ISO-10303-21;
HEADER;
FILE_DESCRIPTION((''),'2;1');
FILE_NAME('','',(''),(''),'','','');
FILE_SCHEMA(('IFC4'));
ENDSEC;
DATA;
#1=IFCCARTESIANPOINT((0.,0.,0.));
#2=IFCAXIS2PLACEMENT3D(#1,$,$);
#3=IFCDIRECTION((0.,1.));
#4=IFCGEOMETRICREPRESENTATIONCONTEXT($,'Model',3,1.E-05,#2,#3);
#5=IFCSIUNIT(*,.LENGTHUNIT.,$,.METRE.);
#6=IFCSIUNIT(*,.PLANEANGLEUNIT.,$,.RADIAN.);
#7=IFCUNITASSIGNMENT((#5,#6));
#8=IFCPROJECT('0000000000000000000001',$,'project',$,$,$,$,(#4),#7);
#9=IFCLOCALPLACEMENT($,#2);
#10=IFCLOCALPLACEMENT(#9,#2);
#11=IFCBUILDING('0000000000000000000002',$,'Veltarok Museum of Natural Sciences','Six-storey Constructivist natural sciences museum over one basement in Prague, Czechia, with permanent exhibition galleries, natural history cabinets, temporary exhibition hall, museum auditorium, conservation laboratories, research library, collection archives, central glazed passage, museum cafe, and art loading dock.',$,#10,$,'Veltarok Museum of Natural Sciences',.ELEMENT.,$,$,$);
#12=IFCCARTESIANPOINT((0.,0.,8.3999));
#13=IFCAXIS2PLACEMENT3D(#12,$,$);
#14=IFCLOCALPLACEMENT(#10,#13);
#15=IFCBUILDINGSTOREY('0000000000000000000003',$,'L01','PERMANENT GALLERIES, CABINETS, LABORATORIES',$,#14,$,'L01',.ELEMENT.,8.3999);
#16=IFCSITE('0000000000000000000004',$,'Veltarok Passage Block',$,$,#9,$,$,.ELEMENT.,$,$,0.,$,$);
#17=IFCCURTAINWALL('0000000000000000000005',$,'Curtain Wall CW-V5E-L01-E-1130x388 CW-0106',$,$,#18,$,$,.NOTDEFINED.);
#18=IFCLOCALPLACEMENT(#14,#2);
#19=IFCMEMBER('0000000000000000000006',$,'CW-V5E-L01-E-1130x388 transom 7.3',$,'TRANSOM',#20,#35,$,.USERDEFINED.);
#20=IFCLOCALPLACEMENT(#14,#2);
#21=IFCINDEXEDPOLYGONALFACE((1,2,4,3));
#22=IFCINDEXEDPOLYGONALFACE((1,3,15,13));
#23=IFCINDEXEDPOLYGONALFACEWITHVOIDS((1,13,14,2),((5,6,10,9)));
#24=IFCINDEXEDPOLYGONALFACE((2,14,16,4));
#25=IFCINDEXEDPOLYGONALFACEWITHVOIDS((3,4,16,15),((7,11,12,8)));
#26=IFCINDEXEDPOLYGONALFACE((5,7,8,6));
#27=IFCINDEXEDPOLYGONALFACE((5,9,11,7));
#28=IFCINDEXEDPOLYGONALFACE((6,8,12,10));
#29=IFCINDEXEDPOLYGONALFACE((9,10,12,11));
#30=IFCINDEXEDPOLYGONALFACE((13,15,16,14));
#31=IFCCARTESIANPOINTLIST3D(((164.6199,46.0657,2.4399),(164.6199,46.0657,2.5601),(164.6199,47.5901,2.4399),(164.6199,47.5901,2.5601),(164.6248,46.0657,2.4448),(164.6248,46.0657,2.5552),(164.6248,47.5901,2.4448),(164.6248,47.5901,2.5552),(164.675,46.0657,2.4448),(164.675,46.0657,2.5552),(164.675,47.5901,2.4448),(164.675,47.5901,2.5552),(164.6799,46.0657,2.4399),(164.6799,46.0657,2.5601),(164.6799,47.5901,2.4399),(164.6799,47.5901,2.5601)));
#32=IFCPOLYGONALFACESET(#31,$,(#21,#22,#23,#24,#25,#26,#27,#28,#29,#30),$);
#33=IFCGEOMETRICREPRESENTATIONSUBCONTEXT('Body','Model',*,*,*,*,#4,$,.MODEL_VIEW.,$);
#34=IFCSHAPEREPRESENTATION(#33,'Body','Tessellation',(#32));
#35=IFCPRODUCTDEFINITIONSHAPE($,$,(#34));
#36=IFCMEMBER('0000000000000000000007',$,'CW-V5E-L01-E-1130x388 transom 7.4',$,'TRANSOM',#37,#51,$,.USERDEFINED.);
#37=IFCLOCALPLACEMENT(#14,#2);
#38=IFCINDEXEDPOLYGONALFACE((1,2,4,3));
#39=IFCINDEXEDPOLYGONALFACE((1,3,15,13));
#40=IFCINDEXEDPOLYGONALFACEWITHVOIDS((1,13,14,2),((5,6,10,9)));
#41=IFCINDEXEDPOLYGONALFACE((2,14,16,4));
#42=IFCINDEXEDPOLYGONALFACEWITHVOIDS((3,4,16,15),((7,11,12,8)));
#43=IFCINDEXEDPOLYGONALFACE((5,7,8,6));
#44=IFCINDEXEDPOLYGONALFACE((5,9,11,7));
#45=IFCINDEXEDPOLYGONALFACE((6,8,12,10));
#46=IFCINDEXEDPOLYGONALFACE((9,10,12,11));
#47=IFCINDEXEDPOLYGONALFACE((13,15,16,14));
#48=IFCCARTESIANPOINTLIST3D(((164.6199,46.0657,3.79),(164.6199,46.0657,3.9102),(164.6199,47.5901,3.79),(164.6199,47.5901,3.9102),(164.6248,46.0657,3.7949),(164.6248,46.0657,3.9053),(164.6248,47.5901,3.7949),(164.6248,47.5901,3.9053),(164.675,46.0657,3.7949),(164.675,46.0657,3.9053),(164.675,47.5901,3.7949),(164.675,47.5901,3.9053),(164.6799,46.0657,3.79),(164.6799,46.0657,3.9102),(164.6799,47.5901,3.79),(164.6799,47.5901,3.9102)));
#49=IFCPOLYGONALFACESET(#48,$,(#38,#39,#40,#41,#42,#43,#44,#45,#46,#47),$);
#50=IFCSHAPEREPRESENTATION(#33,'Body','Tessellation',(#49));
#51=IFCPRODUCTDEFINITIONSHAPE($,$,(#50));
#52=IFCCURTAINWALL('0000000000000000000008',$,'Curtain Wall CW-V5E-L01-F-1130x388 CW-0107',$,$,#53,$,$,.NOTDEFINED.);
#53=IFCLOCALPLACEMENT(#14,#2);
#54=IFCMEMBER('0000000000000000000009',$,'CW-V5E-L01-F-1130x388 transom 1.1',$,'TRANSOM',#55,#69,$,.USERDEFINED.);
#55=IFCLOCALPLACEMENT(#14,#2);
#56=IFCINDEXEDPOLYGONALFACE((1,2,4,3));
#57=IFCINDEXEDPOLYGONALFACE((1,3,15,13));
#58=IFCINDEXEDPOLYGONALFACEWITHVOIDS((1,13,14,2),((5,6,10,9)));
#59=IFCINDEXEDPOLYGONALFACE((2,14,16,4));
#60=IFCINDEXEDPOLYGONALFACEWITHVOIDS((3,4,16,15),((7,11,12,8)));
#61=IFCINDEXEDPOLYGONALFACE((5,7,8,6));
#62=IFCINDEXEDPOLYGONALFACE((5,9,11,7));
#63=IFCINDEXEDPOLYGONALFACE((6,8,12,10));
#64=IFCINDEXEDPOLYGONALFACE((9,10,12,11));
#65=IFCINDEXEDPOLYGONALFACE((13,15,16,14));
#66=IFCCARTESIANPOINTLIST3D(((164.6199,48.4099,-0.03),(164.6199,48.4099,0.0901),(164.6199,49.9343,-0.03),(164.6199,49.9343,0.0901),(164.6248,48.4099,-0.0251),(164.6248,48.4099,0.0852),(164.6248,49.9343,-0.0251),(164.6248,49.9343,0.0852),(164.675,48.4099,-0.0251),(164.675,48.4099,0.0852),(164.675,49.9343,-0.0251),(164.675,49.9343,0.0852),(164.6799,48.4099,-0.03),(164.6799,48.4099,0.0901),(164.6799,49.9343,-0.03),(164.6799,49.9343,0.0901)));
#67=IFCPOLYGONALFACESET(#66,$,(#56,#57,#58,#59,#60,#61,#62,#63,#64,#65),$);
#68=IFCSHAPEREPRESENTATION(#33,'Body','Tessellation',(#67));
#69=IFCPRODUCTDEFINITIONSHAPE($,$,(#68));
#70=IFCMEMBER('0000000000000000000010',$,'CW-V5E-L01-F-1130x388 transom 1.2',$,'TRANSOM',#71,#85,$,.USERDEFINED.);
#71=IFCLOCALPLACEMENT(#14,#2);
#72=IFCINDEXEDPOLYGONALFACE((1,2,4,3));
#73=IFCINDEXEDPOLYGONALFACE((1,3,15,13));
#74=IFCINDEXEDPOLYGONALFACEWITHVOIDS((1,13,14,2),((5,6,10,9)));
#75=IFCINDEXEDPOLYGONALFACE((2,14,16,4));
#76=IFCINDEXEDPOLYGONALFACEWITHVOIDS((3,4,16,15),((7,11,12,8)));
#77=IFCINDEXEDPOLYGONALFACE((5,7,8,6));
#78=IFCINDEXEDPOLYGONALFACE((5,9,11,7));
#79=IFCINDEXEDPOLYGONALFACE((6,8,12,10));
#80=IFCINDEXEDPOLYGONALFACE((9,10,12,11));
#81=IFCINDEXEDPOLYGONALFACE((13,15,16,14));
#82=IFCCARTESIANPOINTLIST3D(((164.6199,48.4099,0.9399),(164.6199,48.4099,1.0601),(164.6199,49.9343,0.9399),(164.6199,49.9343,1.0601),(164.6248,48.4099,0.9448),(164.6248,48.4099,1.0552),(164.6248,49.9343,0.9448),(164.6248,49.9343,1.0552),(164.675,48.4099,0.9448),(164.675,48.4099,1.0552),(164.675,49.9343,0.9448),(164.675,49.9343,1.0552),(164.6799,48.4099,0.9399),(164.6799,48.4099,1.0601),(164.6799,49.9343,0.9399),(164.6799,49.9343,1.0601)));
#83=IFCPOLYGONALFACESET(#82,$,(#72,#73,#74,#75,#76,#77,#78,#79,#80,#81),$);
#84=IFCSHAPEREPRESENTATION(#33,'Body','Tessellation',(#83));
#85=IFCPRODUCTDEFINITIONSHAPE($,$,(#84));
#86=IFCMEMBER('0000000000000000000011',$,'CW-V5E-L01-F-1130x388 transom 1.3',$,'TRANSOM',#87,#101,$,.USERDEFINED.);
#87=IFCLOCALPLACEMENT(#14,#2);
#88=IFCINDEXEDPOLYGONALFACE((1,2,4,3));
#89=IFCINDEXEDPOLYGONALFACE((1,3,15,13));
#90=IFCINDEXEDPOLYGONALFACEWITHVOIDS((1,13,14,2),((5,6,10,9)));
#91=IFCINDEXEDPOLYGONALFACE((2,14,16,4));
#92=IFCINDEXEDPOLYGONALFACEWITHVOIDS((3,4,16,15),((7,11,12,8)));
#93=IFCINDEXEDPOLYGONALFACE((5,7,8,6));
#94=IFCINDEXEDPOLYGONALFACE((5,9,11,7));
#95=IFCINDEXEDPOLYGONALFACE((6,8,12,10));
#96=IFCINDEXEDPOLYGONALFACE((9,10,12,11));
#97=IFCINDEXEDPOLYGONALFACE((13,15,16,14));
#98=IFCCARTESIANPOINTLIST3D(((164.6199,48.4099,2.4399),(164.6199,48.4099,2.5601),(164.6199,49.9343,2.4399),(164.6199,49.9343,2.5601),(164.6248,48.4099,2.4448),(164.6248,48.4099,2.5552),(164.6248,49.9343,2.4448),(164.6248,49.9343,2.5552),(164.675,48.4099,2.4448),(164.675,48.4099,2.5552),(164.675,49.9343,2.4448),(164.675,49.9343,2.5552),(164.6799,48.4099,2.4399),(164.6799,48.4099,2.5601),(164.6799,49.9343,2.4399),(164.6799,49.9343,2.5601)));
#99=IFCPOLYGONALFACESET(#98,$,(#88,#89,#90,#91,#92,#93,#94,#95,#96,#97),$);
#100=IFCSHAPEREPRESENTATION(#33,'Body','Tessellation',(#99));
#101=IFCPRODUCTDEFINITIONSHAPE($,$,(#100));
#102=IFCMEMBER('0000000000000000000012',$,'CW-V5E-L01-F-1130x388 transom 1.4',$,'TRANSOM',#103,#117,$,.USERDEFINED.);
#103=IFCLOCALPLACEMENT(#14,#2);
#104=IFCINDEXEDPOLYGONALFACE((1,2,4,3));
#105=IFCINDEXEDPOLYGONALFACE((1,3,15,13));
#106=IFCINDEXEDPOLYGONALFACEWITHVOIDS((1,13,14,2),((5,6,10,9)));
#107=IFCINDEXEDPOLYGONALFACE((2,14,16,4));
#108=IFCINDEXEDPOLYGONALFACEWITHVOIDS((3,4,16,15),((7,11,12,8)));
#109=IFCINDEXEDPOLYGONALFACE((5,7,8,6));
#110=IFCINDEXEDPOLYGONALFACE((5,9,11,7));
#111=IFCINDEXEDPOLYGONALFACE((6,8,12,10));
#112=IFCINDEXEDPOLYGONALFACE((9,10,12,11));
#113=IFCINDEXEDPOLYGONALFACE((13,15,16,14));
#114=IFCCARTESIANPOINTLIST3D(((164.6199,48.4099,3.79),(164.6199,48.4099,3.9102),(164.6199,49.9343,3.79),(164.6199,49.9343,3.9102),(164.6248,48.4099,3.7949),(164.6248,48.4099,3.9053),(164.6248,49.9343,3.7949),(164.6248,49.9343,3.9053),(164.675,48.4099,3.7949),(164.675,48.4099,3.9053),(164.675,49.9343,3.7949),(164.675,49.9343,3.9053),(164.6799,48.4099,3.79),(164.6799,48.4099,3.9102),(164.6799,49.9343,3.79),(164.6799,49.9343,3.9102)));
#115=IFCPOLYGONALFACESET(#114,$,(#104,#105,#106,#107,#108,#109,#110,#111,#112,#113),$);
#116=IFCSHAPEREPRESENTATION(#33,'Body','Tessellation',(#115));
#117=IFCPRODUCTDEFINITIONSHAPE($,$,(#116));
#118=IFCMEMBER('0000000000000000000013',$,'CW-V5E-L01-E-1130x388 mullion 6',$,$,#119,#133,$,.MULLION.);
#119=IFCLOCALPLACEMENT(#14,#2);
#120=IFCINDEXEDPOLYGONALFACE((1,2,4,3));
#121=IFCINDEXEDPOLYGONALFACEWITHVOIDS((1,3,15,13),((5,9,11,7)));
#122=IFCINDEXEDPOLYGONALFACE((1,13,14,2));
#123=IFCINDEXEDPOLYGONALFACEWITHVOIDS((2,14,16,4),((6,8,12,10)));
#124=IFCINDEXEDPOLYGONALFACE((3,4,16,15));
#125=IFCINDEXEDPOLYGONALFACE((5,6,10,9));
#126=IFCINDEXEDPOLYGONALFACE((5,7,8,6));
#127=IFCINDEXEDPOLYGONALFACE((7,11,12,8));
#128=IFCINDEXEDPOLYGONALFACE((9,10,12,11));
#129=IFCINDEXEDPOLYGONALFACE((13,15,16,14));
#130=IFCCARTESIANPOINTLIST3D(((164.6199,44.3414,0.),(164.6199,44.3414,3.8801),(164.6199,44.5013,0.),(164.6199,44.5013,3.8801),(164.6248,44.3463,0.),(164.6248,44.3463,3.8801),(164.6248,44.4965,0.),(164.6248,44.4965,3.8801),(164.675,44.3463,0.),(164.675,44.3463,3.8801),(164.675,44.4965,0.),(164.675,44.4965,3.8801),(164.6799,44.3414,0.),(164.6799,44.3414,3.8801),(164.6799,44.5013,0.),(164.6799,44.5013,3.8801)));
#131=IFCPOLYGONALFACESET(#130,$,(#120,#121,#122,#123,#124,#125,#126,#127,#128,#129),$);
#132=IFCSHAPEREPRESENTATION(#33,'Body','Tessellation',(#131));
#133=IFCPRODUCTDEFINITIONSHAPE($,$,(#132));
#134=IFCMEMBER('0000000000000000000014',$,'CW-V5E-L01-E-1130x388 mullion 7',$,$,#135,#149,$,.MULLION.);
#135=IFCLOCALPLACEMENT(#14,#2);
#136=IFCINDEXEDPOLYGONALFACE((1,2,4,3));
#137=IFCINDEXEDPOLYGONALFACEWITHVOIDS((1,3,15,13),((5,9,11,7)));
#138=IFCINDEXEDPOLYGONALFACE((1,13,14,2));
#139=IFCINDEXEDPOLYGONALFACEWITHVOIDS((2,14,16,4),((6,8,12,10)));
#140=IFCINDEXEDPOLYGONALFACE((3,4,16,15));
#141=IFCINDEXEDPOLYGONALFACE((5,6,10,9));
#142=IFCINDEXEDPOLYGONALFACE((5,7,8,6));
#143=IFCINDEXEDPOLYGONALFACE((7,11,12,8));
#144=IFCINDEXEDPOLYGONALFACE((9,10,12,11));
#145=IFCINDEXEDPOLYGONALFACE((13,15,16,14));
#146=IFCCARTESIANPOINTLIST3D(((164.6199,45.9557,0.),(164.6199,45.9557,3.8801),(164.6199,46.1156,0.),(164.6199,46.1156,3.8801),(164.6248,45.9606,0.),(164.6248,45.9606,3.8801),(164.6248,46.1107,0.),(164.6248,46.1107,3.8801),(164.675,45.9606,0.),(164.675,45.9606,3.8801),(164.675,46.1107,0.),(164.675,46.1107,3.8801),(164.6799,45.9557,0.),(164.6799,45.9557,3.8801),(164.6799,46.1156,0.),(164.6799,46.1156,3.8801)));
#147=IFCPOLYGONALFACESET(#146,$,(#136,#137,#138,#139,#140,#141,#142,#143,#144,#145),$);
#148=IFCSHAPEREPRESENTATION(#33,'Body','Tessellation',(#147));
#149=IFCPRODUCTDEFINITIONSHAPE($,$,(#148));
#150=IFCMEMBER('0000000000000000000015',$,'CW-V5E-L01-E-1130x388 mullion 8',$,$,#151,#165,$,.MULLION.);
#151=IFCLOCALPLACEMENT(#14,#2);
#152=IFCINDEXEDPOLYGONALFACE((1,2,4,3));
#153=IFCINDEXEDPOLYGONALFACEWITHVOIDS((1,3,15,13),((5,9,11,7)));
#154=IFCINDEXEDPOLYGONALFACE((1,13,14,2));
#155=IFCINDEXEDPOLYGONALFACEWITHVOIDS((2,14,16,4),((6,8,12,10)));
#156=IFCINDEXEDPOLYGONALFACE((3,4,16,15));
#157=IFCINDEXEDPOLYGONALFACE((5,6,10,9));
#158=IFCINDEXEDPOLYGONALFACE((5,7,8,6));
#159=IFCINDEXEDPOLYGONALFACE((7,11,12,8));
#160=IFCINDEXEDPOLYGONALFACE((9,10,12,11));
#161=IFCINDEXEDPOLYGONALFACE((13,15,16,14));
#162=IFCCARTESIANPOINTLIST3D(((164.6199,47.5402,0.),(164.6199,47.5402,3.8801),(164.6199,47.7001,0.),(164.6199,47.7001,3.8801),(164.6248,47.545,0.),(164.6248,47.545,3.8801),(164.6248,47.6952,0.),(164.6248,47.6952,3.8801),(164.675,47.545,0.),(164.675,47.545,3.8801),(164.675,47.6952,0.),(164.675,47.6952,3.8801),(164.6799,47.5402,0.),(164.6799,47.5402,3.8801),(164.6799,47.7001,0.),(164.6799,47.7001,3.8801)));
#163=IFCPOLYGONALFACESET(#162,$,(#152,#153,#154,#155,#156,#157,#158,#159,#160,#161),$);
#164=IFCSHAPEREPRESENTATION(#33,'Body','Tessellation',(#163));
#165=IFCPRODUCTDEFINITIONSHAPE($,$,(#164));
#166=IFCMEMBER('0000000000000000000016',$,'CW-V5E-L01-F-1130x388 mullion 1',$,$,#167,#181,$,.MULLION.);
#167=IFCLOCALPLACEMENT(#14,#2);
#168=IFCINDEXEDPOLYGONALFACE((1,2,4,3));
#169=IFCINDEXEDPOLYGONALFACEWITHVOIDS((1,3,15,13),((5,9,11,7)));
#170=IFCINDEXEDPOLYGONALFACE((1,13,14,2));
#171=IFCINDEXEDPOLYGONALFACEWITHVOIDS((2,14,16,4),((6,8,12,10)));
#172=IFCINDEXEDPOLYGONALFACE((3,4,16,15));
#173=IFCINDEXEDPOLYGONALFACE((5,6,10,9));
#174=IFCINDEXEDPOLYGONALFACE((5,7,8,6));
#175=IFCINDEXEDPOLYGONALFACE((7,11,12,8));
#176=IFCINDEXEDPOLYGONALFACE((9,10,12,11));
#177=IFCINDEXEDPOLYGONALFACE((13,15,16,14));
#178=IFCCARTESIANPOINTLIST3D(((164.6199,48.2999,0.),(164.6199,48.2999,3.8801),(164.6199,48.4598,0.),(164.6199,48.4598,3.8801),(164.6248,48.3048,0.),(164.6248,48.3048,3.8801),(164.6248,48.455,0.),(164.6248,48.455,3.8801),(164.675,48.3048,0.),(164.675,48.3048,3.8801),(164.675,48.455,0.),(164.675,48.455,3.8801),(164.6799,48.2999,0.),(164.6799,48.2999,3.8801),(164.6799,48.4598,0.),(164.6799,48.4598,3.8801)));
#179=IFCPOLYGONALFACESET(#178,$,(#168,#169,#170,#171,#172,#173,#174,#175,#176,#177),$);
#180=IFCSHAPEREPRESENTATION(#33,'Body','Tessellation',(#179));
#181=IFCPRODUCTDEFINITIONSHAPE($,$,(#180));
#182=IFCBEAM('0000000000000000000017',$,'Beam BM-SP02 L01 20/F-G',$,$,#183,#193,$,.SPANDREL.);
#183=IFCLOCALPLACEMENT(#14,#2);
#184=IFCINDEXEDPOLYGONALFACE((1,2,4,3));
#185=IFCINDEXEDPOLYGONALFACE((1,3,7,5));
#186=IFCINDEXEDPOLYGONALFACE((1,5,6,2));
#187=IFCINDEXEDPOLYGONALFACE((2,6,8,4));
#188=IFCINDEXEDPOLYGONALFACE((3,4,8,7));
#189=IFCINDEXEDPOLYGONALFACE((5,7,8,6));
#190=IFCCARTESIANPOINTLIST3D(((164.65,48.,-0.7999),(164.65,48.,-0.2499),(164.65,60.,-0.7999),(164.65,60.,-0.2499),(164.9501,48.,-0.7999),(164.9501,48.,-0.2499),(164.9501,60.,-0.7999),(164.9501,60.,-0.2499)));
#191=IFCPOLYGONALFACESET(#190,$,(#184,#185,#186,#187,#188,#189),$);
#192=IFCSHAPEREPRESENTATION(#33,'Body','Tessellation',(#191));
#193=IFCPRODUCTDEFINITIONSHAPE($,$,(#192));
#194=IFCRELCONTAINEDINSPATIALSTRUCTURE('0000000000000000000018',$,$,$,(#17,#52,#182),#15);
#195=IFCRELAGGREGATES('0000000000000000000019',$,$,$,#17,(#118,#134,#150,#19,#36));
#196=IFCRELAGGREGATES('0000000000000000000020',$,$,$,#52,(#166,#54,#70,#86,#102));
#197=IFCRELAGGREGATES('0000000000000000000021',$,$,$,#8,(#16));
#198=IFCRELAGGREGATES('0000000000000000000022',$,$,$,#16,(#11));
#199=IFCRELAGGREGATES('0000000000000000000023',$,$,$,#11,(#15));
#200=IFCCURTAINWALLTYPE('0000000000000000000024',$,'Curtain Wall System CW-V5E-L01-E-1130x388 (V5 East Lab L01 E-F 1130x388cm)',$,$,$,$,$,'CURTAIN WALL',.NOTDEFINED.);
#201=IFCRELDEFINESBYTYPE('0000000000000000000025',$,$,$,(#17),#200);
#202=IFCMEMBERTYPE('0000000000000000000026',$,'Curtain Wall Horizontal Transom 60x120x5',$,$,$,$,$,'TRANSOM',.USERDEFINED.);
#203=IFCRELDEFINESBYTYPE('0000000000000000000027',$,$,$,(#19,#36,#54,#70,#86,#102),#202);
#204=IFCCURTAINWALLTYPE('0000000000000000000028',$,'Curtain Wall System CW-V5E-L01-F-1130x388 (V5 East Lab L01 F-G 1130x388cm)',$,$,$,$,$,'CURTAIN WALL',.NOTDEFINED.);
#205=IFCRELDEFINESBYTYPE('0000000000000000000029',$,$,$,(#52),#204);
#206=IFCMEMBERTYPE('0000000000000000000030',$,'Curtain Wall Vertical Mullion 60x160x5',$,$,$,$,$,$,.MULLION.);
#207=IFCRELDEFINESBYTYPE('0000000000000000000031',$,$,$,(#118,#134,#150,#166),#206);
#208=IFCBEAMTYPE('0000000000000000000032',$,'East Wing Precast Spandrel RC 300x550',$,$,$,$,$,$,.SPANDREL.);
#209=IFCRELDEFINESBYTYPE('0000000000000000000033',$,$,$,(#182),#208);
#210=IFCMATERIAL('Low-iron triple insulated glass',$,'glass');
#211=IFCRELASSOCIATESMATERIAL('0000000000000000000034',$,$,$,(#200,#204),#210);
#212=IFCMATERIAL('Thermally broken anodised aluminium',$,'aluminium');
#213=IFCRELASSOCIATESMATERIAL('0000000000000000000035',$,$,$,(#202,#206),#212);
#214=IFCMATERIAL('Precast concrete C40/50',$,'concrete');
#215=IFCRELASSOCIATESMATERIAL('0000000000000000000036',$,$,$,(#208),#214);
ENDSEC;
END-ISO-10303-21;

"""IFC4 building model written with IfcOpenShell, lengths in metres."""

from ifc_helpers import new_model, si_unit, direction, frame, origin, origin_2d, place, context, subcontext, project, spatial, rectangle, hollow_rectangle, extrude, material, material_profile, profile_set, type_object, element, aggregate, save


model = new_model("IFC4")

# Units and contexts
model_context = context("Model", 3, precision=1e-05, world=origin(), true_north=direction((0.0, 1.0)))
body_context = subcontext(model_context, "Body", "Model", "MODEL_VIEW")
ifc_project = project(units=[si_unit("LENGTHUNIT", "METRE"), si_unit("PLANEANGLEUNIT", "RADIAN")], contexts=[model_context])

# Site, building, storey
site_placement = place(None, origin())
site = spatial("IfcSite", under=ifc_project, at=site_placement, Name="Veltarok Passage Block", CompositionType="ELEMENT", RefElevation=0.0)
building_placement = place(site_placement, origin())
building = spatial("IfcBuilding", under=site, at=building_placement, Name="Veltarok Museum of Natural Sciences", Description="Six-storey Constructivist natural sciences museum over one basement in Prague, Czechia, with permanent exhibition galleries, natural history cabinets, temporary exhibition hall, museum auditorium, conservation laboratories, research library, collection archives, central glazed passage, museum cafe, and art loading dock.", LongName="Veltarok Museum of Natural Sciences", CompositionType="ELEMENT")
storey_placement = place(building_placement, frame((0.0, 0.0, 8.3999)))
storey = spatial("IfcBuildingStorey", under=building, at=storey_placement, Name="L01", Description="PERMANENT GALLERIES, CABINETS, LABORATORIES", LongName="L01", CompositionType="ELEMENT", Elevation=8.3999)

# Curtain walls, members
ifc_material_1 = material(Name="Low-iron triple insulated glass", Category="glass")
curtain_wall_type_1 = type_object("IfcCurtainWallType", Name="Curtain Wall System CW-V5E-L01-E-1130x388 (V5 East Lab L01 E-F 1130x388cm)", ElementType="CURTAIN WALL", PredefinedType="NOTDEFINED", material=ifc_material_1)
curtain_wall_1_placement = place(storey_placement, origin())
curtain_wall_1 = element("IfcCurtainWall", 1, at=curtain_wall_1_placement, inside=storey, type_object=curtain_wall_type_1, Name="Curtain Wall CW-V5E-L01-E-1130x388 CW-0106", PredefinedType="NOTDEFINED")
ifc_material_2 = material(Name="Thermally broken anodised aluminium", Category="aluminium")
ifc_material_profile_1 = material_profile(ifc_material_2, hollow_rectangle(XDim=0.0601, YDim=0.1201, WallThickness=0.0049, at=origin_2d()), Name="CW TRANSOM 60x120x5")
ifc_profile_set_1 = profile_set([ifc_material_profile_1], Name="Thermally broken anodised aluminium")
member_type_1 = type_object("IfcMemberType", Name="Curtain Wall Horizontal Transom 60x120x5", ElementType="TRANSOM", PredefinedType="USERDEFINED", material=ifc_profile_set_1)
member_1_placement = place(storey_placement, frame((164.6499, 46.0657, 2.5), z_axis=(0.0, 1.0, 0.0), x_axis=(-1.0, 0.0, 0.0)))
member_1 = element("IfcMember", 2, at=member_1_placement, type_object=member_type_1, Name="CW-V5E-L01-E-1130x388 transom 7.3", ObjectType="TRANSOM", PredefinedType="USERDEFINED", context=body_context, shape_type="SweptSolid", body=[
    extrude(hollow_rectangle(XDim=0.0601, YDim=0.1201, WallThickness=0.0049, at=origin_2d()), origin(), (0.0, 0.0, 1.0), 1.5244),
])
member_2_placement = place(storey_placement, frame((164.6499, 46.0657, 3.8501), z_axis=(0.0, 1.0, 0.0), x_axis=(-1.0, 0.0, 0.0)))
member_2 = element("IfcMember", 3, at=member_2_placement, type_object=member_type_1, Name="CW-V5E-L01-E-1130x388 transom 7.4", ObjectType="TRANSOM", PredefinedType="USERDEFINED", context=body_context, shape_type="SweptSolid", body=[
    extrude(hollow_rectangle(XDim=0.0601, YDim=0.1201, WallThickness=0.0049, at=origin_2d()), origin(), (0.0, 0.0, 1.0), 1.5244),
])
curtain_wall_type_2 = type_object("IfcCurtainWallType", Name="Curtain Wall System CW-V5E-L01-F-1130x388 (V5 East Lab L01 F-G 1130x388cm)", ElementType="CURTAIN WALL", PredefinedType="NOTDEFINED", material=ifc_material_1)
curtain_wall_2_placement = place(storey_placement, origin())
curtain_wall_2 = element("IfcCurtainWall", 4, at=curtain_wall_2_placement, inside=storey, type_object=curtain_wall_type_2, Name="Curtain Wall CW-V5E-L01-F-1130x388 CW-0107", PredefinedType="NOTDEFINED")
member_3_placement = place(storey_placement, frame((164.6499, 48.4099, 0.03), z_axis=(0.0, 1.0, 0.0), x_axis=(-1.0, 0.0, 0.0)))
member_3 = element("IfcMember", 5, at=member_3_placement, type_object=member_type_1, Name="CW-V5E-L01-F-1130x388 transom 1.1", ObjectType="TRANSOM", PredefinedType="USERDEFINED", context=body_context, shape_type="SweptSolid", body=[
    extrude(hollow_rectangle(XDim=0.0601, YDim=0.1201, WallThickness=0.0049, at=origin_2d()), origin(), (0.0, 0.0, 1.0), 1.5244),
])
member_4_placement = place(storey_placement, frame((164.6499, 48.4099, 1.0), z_axis=(0.0, 1.0, 0.0), x_axis=(-1.0, 0.0, 0.0)))
member_4 = element("IfcMember", 6, at=member_4_placement, type_object=member_type_1, Name="CW-V5E-L01-F-1130x388 transom 1.2", ObjectType="TRANSOM", PredefinedType="USERDEFINED", context=body_context, shape_type="SweptSolid", body=[
    extrude(hollow_rectangle(XDim=0.0601, YDim=0.1201, WallThickness=0.0049, at=origin_2d()), origin(), (0.0, 0.0, 1.0), 1.5244),
])
member_5_placement = place(storey_placement, frame((164.6499, 48.4099, 2.5), z_axis=(0.0, 1.0, 0.0), x_axis=(-1.0, 0.0, 0.0)))
member_5 = element("IfcMember", 7, at=member_5_placement, type_object=member_type_1, Name="CW-V5E-L01-F-1130x388 transom 1.3", ObjectType="TRANSOM", PredefinedType="USERDEFINED", context=body_context, shape_type="SweptSolid", body=[
    extrude(hollow_rectangle(XDim=0.0601, YDim=0.1201, WallThickness=0.0049, at=origin_2d()), origin(), (0.0, 0.0, 1.0), 1.5244),
])
member_6_placement = place(storey_placement, frame((164.6499, 48.4099, 3.8501), z_axis=(0.0, 1.0, 0.0), x_axis=(-1.0, 0.0, 0.0)))
member_6 = element("IfcMember", 8, at=member_6_placement, type_object=member_type_1, Name="CW-V5E-L01-F-1130x388 transom 1.4", ObjectType="TRANSOM", PredefinedType="USERDEFINED", context=body_context, shape_type="SweptSolid", body=[
    extrude(hollow_rectangle(XDim=0.0601, YDim=0.1201, WallThickness=0.0049, at=origin_2d()), origin(), (0.0, 0.0, 1.0), 1.5244),
])

# Members
ifc_material_profile_2 = material_profile(ifc_material_2, hollow_rectangle(XDim=0.0601, YDim=0.1599, WallThickness=0.0049, at=origin_2d()), Name="CW MULLION 60x160x5")
ifc_profile_set_2 = profile_set([ifc_material_profile_2], Name="Thermally broken anodised aluminium")
member_type_2 = type_object("IfcMemberType", Name="Curtain Wall Vertical Mullion 60x160x5", PredefinedType="MULLION", material=ifc_profile_set_2)
member_7_placement = place(storey_placement, frame((164.6499, 44.4214, 0.0), z_axis=(0.0, 0.0, 1.0), x_axis=(-1.0, 0.0, 0.0)))
member_7 = element("IfcMember", 9, at=member_7_placement, type_object=member_type_2, Name="CW-V5E-L01-E-1130x388 mullion 6", PredefinedType="MULLION", context=body_context, shape_type="SweptSolid", body=[
    extrude(hollow_rectangle(XDim=0.0601, YDim=0.1599, WallThickness=0.0049, at=origin_2d()), origin(), (0.0, 0.0, 1.0), 3.8801),
])
member_8_placement = place(storey_placement, frame((164.6499, 46.0356, 0.0), z_axis=(0.0, 0.0, 1.0), x_axis=(-1.0, 0.0, 0.0)))
member_8 = element("IfcMember", 10, at=member_8_placement, type_object=member_type_2, Name="CW-V5E-L01-E-1130x388 mullion 7", PredefinedType="MULLION", context=body_context, shape_type="SweptSolid", body=[
    extrude(hollow_rectangle(XDim=0.0601, YDim=0.1599, WallThickness=0.0049, at=origin_2d()), origin(), (0.0, 0.0, 1.0), 3.8801),
])
member_9_placement = place(storey_placement, frame((164.6499, 47.6201, 0.0), z_axis=(0.0, 0.0, 1.0), x_axis=(-1.0, 0.0, 0.0)))
member_9 = element("IfcMember", 11, at=member_9_placement, type_object=member_type_2, Name="CW-V5E-L01-E-1130x388 mullion 8", PredefinedType="MULLION", context=body_context, shape_type="SweptSolid", body=[
    extrude(hollow_rectangle(XDim=0.0601, YDim=0.1599, WallThickness=0.0049, at=origin_2d()), origin(), (0.0, 0.0, 1.0), 3.8801),
])
member_10_placement = place(storey_placement, frame((164.6499, 48.3799, 0.0), z_axis=(0.0, 0.0, 1.0), x_axis=(-1.0, 0.0, 0.0)))
member_10 = element("IfcMember", 12, at=member_10_placement, type_object=member_type_2, Name="CW-V5E-L01-F-1130x388 mullion 1", PredefinedType="MULLION", context=body_context, shape_type="SweptSolid", body=[
    extrude(hollow_rectangle(XDim=0.0601, YDim=0.1599, WallThickness=0.0049, at=origin_2d()), origin(), (0.0, 0.0, 1.0), 3.8801),
])

# Beam
ifc_material_3 = material(Name="Precast concrete C40/50", Category="concrete")
ifc_material_profile_3 = material_profile(ifc_material_3, rectangle(XDim=0.3, YDim=0.55, at=origin_2d()), Name="RC 300x550")
ifc_profile_set_3 = profile_set([ifc_material_profile_3], Name="Precast concrete C40/50")
beam_type_1 = type_object("IfcBeamType", Name="East Wing Precast Spandrel RC 300x550", PredefinedType="SPANDREL", material=ifc_profile_set_3)
beam_1_placement = place(storey_placement, frame((164.8, 48.0, -0.5249), z_axis=(0.0, 1.0, 0.0), x_axis=(-1.0, 0.0, 0.0)))
element("IfcBeam", 13, at=beam_1_placement, inside=storey, type_object=beam_type_1, Name="Beam BM-SP02 L01 20/F-G", PredefinedType="SPANDREL", context=body_context, shape_type="SweptSolid", body=[
    extrude(rectangle(XDim=0.3, YDim=0.55, at=origin_2d()), origin(), (0.0, 0.0, 1.0), 12.0),
])

aggregate(curtain_wall_1, [member_7, member_8, member_9, member_1, member_2])
aggregate(curtain_wall_2, [member_10, member_3, member_4, member_5, member_6])

save(model, "model.ifc")
